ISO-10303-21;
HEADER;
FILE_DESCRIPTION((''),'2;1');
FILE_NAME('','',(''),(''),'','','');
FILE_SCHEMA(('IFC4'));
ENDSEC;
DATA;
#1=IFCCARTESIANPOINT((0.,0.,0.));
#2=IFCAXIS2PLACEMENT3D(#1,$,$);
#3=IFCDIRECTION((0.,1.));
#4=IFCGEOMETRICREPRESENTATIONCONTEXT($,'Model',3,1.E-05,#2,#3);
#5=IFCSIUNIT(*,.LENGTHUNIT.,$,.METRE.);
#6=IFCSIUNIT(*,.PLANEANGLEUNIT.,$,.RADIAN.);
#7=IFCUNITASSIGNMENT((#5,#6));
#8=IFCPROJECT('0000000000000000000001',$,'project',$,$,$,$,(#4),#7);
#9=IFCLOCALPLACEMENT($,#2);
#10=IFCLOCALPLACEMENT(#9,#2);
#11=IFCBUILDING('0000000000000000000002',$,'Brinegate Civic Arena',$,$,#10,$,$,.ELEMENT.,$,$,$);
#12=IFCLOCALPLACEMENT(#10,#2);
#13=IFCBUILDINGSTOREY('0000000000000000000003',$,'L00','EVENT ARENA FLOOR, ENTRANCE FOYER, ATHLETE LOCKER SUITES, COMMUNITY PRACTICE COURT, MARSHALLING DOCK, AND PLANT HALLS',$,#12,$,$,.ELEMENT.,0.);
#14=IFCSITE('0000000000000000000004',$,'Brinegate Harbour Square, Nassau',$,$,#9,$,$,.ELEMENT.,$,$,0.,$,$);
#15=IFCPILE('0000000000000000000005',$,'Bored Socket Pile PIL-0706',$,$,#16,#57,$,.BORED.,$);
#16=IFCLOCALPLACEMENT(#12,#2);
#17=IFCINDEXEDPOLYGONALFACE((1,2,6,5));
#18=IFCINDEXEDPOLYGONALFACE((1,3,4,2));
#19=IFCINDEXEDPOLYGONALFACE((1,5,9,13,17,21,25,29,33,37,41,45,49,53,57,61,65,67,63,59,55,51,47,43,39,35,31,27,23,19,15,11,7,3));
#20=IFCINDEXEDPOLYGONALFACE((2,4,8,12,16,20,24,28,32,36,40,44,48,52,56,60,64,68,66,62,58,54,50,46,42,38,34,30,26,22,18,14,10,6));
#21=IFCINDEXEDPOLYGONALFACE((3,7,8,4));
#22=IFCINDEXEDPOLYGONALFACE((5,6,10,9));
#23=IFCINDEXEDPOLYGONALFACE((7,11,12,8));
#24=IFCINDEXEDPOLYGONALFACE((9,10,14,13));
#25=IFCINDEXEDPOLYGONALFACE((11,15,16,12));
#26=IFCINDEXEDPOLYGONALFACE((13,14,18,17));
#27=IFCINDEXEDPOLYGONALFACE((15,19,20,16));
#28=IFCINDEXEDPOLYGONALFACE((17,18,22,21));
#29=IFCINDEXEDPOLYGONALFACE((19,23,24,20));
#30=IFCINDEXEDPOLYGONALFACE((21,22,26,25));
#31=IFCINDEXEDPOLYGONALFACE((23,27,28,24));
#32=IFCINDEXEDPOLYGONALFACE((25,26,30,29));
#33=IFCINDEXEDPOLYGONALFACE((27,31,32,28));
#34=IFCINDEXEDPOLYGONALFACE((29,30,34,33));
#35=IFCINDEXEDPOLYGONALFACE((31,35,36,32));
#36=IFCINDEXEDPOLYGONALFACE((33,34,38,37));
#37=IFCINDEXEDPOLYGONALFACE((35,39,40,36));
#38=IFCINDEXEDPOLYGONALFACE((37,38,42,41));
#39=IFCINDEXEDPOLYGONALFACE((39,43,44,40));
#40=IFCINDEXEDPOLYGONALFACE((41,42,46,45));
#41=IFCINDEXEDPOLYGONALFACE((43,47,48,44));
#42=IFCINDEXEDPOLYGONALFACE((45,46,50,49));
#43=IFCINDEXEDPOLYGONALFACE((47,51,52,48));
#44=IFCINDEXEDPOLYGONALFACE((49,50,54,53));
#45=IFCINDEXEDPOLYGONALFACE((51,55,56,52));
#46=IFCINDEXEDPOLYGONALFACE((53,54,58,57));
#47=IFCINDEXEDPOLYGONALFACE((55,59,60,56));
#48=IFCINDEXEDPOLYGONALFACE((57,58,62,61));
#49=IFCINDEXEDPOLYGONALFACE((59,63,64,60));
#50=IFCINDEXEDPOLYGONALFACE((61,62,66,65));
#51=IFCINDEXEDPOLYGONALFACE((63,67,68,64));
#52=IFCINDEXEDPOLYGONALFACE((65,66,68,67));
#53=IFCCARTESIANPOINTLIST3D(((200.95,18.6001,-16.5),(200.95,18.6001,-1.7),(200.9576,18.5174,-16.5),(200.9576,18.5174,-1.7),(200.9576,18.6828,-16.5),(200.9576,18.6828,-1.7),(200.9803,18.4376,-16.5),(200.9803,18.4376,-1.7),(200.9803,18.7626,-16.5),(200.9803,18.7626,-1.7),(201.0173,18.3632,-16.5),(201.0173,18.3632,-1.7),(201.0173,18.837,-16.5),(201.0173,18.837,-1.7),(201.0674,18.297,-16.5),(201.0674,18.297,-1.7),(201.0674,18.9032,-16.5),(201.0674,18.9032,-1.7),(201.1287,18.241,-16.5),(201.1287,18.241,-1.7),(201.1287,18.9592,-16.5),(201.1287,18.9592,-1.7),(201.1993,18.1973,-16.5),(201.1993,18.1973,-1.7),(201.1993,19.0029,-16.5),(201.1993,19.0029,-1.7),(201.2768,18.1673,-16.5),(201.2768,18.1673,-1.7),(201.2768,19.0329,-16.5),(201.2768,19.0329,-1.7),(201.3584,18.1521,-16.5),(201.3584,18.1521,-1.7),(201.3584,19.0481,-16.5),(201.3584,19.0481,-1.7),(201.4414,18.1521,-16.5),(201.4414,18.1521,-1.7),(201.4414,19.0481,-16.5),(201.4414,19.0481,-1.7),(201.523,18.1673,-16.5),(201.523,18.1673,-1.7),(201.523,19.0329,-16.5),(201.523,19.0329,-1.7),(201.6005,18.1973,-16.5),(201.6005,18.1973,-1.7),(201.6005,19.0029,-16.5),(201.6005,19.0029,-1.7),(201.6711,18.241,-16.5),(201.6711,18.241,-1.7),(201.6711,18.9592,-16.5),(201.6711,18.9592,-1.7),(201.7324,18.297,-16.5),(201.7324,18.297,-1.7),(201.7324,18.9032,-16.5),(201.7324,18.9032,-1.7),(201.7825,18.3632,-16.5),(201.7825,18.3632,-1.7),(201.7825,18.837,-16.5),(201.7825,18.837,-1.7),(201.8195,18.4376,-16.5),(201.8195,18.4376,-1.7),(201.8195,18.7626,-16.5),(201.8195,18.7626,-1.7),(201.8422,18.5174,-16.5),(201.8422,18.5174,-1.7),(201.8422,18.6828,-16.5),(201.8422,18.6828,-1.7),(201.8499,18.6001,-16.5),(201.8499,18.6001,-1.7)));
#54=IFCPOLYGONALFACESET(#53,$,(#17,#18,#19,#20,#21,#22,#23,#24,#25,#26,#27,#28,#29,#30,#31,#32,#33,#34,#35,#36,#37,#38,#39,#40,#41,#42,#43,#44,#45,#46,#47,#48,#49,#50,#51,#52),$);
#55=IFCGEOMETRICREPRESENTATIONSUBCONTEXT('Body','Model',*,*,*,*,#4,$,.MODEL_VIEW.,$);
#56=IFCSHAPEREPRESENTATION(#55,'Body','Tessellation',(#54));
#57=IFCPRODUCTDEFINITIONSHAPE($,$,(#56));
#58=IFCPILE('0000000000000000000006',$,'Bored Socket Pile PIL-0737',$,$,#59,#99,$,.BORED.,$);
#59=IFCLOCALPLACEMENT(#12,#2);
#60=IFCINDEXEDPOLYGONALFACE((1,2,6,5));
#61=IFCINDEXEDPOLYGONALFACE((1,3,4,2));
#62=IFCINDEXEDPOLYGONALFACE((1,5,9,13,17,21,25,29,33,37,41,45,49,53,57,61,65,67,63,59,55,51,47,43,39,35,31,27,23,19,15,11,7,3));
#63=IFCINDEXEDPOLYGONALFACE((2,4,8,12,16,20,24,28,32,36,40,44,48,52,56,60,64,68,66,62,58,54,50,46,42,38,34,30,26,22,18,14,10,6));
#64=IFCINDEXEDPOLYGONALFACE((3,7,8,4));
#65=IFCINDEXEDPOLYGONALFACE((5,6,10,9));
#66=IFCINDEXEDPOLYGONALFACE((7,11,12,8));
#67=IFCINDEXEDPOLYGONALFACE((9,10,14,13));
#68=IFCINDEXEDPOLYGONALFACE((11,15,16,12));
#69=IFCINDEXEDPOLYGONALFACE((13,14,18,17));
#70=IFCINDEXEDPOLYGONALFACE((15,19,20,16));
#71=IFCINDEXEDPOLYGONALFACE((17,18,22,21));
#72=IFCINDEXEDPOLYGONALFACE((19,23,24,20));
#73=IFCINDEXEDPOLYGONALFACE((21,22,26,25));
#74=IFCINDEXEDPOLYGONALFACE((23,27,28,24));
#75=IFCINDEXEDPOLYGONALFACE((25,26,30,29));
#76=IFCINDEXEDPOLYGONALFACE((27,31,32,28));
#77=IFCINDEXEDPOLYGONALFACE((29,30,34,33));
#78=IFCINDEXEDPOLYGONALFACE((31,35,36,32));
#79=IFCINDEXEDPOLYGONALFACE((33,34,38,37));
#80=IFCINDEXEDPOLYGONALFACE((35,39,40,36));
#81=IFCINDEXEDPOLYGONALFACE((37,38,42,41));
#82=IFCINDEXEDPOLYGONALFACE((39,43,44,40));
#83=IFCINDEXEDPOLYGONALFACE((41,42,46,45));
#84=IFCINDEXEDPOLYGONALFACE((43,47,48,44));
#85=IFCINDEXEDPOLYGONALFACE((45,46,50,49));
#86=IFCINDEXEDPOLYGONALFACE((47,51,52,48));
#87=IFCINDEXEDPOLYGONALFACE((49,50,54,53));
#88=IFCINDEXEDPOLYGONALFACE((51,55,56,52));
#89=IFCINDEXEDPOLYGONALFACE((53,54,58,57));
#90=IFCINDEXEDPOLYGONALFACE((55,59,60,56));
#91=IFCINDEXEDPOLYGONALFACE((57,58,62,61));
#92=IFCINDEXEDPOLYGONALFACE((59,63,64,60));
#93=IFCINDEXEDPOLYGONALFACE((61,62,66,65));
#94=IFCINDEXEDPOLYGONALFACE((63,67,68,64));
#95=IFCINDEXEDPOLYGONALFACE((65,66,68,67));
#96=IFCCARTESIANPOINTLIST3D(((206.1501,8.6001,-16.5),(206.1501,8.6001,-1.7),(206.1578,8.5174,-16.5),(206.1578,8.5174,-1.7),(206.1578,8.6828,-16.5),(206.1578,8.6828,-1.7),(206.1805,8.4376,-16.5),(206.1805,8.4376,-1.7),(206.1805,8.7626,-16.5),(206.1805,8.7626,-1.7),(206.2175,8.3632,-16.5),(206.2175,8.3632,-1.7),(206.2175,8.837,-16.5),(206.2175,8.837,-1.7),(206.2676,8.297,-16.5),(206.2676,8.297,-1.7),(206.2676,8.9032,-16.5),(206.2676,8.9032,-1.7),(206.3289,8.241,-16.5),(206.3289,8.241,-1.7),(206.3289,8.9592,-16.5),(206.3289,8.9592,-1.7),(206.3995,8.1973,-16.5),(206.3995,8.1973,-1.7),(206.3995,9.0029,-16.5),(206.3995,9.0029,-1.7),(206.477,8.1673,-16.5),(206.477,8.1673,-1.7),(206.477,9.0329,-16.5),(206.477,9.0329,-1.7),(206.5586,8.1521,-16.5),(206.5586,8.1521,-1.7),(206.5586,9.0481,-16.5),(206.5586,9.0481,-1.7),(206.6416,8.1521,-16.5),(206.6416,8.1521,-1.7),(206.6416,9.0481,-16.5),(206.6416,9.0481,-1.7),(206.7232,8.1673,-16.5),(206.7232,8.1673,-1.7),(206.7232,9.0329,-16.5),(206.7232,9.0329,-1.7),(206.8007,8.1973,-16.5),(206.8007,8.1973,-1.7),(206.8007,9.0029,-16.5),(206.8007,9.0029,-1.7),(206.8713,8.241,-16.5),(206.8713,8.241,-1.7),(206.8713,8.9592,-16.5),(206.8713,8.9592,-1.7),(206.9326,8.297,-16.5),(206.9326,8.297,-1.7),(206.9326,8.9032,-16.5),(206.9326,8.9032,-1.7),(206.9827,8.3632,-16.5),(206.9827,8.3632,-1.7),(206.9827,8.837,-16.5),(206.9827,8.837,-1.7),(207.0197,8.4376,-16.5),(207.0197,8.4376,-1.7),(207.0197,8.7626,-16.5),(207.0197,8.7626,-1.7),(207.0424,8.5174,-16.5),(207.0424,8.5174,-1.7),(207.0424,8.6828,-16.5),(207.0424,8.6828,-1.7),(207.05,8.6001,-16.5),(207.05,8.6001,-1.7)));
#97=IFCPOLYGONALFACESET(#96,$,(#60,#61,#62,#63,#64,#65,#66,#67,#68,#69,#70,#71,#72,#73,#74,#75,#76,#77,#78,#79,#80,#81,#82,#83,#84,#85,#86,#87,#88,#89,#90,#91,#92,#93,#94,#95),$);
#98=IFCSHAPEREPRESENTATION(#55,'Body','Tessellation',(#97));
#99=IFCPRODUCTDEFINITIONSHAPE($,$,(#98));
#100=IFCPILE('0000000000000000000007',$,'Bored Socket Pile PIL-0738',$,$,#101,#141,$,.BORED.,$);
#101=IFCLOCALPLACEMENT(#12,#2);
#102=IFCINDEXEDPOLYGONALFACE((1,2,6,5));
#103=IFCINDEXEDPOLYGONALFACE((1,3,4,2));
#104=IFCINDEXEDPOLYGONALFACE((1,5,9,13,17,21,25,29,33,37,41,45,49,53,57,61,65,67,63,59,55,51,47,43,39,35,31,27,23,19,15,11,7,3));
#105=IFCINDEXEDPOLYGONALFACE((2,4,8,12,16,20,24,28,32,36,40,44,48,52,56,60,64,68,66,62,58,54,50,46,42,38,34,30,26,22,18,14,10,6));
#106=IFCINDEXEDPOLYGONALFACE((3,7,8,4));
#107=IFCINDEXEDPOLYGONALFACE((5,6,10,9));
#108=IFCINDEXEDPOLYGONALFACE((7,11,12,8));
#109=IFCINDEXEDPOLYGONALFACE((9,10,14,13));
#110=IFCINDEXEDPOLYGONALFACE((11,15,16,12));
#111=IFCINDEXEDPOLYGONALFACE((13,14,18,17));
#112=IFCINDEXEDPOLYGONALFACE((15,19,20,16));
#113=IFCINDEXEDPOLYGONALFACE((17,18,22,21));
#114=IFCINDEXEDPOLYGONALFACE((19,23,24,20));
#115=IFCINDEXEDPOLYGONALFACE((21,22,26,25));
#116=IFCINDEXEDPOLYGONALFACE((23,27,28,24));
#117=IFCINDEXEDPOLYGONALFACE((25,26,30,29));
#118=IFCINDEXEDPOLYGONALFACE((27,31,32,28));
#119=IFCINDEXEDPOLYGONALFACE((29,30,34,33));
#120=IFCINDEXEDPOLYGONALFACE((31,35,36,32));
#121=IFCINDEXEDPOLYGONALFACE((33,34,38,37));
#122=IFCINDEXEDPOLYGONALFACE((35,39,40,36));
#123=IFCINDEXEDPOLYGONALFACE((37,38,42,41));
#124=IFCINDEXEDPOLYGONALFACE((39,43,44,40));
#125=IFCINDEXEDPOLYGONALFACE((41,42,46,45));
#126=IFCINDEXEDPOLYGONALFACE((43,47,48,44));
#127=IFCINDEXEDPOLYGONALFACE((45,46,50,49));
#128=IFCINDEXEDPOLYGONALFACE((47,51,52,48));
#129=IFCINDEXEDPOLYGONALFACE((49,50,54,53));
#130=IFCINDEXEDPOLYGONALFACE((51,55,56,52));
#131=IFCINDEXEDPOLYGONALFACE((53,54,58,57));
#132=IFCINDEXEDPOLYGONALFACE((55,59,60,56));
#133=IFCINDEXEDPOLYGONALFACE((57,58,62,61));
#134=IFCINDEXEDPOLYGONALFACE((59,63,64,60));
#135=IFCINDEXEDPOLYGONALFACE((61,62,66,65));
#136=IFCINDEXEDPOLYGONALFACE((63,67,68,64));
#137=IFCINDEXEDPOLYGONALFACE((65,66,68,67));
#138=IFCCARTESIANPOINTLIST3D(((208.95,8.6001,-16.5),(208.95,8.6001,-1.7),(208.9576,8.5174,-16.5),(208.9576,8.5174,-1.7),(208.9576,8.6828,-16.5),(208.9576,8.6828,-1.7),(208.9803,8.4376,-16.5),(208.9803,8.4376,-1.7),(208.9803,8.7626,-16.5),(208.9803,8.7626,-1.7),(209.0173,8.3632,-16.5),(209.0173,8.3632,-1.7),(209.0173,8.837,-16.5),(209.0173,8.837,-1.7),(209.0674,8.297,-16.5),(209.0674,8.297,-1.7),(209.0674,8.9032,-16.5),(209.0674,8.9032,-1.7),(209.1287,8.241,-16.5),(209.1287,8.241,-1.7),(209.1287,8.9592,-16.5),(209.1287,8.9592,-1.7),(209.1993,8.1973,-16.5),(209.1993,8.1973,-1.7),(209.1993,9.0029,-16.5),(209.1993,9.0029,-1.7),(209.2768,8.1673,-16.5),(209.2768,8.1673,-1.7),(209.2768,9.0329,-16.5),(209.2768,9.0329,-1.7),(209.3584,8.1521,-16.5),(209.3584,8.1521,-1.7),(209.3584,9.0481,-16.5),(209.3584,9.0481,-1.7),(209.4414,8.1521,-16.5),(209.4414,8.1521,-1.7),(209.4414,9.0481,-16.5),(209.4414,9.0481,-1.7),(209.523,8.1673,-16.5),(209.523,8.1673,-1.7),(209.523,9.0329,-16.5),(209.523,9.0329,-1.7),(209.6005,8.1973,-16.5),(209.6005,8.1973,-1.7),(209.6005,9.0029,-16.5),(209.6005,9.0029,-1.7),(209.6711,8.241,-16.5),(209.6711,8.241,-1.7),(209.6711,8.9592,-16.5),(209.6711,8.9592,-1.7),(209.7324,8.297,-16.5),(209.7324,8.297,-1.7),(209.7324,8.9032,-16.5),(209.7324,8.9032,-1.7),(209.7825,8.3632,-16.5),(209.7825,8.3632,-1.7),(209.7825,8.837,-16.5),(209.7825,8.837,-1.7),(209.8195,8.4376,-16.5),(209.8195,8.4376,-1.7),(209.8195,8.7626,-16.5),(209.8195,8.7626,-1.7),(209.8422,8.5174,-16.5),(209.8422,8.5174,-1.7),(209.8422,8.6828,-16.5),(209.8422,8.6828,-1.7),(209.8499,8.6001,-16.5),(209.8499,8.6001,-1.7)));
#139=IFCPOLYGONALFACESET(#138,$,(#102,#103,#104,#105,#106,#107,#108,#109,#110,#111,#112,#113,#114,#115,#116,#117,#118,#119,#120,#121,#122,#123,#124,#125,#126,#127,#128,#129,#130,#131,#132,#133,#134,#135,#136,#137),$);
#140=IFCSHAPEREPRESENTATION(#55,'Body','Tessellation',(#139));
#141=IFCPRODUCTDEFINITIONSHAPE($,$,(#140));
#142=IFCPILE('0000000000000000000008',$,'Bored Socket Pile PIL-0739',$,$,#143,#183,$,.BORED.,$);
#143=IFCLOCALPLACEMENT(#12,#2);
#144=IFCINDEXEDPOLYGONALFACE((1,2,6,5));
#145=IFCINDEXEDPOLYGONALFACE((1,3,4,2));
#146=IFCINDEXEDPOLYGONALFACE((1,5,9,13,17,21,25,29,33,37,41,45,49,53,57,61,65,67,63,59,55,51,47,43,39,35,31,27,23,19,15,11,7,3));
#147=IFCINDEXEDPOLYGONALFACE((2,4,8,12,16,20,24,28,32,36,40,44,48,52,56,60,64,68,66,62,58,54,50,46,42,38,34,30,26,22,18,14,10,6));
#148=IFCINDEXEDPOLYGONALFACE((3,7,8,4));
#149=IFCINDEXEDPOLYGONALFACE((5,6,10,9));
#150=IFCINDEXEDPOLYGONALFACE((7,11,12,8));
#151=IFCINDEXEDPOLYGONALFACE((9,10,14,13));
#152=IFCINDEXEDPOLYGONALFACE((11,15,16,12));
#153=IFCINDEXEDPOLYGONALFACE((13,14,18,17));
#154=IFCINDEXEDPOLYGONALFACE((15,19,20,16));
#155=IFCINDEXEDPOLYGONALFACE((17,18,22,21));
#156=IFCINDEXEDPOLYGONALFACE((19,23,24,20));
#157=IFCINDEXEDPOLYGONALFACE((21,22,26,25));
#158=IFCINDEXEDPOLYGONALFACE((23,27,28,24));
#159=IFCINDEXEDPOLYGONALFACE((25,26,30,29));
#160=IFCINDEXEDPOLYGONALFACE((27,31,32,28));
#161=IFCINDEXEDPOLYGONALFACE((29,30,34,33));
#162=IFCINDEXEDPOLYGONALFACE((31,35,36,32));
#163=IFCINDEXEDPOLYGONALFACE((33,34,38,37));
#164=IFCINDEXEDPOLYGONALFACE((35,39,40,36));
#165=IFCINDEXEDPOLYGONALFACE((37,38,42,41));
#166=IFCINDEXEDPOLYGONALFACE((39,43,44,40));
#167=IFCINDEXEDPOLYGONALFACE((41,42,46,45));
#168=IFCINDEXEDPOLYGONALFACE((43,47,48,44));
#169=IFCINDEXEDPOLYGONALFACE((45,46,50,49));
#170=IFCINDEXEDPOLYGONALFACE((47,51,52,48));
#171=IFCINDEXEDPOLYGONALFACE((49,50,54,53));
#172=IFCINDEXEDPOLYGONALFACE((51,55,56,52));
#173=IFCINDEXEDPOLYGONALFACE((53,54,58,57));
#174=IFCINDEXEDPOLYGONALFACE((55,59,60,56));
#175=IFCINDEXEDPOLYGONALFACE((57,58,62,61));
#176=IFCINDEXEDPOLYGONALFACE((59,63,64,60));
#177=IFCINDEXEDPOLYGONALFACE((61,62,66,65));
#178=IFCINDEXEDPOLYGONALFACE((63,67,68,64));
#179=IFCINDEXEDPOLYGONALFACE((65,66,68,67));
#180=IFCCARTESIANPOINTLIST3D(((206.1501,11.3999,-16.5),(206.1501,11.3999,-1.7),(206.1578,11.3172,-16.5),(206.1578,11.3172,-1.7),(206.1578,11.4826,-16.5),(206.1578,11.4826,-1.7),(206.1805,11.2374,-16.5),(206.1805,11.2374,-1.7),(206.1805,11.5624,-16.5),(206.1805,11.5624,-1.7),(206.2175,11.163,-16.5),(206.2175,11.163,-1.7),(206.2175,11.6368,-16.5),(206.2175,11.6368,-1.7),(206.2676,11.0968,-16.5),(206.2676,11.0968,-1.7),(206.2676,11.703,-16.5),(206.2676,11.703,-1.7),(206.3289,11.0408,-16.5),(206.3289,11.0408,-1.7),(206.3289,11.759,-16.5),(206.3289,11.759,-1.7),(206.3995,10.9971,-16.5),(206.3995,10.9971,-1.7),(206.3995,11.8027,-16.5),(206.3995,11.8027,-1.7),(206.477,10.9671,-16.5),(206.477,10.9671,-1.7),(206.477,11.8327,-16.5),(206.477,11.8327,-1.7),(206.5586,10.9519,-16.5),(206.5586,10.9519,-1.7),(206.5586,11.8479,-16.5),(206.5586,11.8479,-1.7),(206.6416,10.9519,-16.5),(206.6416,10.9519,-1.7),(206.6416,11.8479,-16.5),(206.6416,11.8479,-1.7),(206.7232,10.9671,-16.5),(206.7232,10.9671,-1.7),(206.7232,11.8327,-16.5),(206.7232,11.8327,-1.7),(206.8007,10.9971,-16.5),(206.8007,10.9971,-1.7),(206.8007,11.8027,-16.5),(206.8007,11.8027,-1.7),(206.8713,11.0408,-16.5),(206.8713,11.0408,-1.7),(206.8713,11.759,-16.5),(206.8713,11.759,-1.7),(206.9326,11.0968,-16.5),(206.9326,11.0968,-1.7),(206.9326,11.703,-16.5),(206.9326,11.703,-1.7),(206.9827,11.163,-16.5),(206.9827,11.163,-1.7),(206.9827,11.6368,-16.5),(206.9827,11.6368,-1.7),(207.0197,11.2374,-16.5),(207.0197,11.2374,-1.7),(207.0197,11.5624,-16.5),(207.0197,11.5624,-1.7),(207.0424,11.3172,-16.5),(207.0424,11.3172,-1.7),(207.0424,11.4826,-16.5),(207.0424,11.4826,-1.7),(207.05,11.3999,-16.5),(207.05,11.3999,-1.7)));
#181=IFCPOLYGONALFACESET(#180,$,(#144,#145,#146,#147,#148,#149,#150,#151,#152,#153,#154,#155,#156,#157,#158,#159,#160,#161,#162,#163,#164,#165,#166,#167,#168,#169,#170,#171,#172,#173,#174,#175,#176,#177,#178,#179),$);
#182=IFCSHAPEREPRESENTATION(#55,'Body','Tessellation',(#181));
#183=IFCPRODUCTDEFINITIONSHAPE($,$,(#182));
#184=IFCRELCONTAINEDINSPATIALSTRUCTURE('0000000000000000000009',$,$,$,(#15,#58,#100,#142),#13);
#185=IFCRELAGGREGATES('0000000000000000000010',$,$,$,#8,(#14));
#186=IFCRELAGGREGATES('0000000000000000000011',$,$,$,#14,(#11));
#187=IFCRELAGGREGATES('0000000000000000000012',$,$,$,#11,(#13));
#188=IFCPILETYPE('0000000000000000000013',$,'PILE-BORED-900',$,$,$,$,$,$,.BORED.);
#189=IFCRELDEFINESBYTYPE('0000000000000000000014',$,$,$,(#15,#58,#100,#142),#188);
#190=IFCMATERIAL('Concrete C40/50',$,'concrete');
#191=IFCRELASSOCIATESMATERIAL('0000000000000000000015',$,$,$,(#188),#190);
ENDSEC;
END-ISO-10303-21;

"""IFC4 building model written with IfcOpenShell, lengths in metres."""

from ifc_helpers import new_model, si_unit, direction, frame, origin, origin_2d, place, context, subcontext, project, spatial, circle, extrude, material, material_profile, profile_set, type_object, element, save


model = new_model("IFC4")

# Units and contexts
model_context = context("Model", 3, precision=1e-05, world=origin(), true_north=direction((0.0, 1.0)))
body_context = subcontext(model_context, "Body", "Model", "MODEL_VIEW")
ifc_project = project(units=[si_unit("LENGTHUNIT", "METRE"), si_unit("PLANEANGLEUNIT", "RADIAN")], contexts=[model_context])

# Site, building, storey
site_placement = place(None, origin())
site = spatial("IfcSite", under=ifc_project, at=site_placement, Name="Brinegate Harbour Square, Nassau", CompositionType="ELEMENT", RefElevation=0.0)
building_placement = place(site_placement, origin())
building = spatial("IfcBuilding", under=site, at=building_placement, Name="Brinegate Civic Arena", CompositionType="ELEMENT")
storey_placement = place(building_placement, origin())
storey = spatial("IfcBuildingStorey", under=building, at=storey_placement, Name="L00", Description="EVENT ARENA FLOOR, ENTRANCE FOYER, ATHLETE LOCKER SUITES, COMMUNITY PRACTICE COURT, MARSHALLING DOCK, AND PLANT HALLS", CompositionType="ELEMENT", Elevation=0.0)

# Shared definitions
ifc_material_1 = material(Name="Concrete C40/50", Category="concrete")

# Piles
ifc_material_profile_1 = material_profile(ifc_material_1, circle(Radius=0.45, at=origin_2d()), Name="PILED900")
ifc_profile_set_1 = profile_set([ifc_material_profile_1], Name="Concrete C40/50")
pile_type = type_object("IfcPileType", Name="PILE-BORED-900", PredefinedType="BORED", material=ifc_profile_set_1)
for number, where, z_axis, x_axis, name in (
    (1, (201.3999, 18.6001, -1.7), (0.0, 0.0, -1.0), (1.0, 0.0, 0.0), "Bored Socket Pile PIL-0706"),
    (2, (206.6001, 8.6001, -1.7), (0.0, 0.0, -1.0), (1.0, 0.0, 0.0), "Bored Socket Pile PIL-0737"),
    (3, (209.3999, 8.6001, -1.7), (0.0, 0.0, -1.0), (1.0, 0.0, 0.0), "Bored Socket Pile PIL-0738"),
    (4, (206.6001, 11.3999, -1.7), (0.0, 0.0, -1.0), (1.0, 0.0, 0.0), "Bored Socket Pile PIL-0739"),
):
    element("IfcPile", number, at=place(storey_placement, frame(where, z_axis=z_axis, x_axis=x_axis)), inside=storey, type_object=pile_type, Name=name, PredefinedType="BORED", context=body_context, shape_type="SweptSolid", body=[
        extrude(circle(Radius=0.45, at=origin_2d()), origin(), (0.0, 0.0, 1.0), 14.8),
    ])

save(model, "model.ifc")
